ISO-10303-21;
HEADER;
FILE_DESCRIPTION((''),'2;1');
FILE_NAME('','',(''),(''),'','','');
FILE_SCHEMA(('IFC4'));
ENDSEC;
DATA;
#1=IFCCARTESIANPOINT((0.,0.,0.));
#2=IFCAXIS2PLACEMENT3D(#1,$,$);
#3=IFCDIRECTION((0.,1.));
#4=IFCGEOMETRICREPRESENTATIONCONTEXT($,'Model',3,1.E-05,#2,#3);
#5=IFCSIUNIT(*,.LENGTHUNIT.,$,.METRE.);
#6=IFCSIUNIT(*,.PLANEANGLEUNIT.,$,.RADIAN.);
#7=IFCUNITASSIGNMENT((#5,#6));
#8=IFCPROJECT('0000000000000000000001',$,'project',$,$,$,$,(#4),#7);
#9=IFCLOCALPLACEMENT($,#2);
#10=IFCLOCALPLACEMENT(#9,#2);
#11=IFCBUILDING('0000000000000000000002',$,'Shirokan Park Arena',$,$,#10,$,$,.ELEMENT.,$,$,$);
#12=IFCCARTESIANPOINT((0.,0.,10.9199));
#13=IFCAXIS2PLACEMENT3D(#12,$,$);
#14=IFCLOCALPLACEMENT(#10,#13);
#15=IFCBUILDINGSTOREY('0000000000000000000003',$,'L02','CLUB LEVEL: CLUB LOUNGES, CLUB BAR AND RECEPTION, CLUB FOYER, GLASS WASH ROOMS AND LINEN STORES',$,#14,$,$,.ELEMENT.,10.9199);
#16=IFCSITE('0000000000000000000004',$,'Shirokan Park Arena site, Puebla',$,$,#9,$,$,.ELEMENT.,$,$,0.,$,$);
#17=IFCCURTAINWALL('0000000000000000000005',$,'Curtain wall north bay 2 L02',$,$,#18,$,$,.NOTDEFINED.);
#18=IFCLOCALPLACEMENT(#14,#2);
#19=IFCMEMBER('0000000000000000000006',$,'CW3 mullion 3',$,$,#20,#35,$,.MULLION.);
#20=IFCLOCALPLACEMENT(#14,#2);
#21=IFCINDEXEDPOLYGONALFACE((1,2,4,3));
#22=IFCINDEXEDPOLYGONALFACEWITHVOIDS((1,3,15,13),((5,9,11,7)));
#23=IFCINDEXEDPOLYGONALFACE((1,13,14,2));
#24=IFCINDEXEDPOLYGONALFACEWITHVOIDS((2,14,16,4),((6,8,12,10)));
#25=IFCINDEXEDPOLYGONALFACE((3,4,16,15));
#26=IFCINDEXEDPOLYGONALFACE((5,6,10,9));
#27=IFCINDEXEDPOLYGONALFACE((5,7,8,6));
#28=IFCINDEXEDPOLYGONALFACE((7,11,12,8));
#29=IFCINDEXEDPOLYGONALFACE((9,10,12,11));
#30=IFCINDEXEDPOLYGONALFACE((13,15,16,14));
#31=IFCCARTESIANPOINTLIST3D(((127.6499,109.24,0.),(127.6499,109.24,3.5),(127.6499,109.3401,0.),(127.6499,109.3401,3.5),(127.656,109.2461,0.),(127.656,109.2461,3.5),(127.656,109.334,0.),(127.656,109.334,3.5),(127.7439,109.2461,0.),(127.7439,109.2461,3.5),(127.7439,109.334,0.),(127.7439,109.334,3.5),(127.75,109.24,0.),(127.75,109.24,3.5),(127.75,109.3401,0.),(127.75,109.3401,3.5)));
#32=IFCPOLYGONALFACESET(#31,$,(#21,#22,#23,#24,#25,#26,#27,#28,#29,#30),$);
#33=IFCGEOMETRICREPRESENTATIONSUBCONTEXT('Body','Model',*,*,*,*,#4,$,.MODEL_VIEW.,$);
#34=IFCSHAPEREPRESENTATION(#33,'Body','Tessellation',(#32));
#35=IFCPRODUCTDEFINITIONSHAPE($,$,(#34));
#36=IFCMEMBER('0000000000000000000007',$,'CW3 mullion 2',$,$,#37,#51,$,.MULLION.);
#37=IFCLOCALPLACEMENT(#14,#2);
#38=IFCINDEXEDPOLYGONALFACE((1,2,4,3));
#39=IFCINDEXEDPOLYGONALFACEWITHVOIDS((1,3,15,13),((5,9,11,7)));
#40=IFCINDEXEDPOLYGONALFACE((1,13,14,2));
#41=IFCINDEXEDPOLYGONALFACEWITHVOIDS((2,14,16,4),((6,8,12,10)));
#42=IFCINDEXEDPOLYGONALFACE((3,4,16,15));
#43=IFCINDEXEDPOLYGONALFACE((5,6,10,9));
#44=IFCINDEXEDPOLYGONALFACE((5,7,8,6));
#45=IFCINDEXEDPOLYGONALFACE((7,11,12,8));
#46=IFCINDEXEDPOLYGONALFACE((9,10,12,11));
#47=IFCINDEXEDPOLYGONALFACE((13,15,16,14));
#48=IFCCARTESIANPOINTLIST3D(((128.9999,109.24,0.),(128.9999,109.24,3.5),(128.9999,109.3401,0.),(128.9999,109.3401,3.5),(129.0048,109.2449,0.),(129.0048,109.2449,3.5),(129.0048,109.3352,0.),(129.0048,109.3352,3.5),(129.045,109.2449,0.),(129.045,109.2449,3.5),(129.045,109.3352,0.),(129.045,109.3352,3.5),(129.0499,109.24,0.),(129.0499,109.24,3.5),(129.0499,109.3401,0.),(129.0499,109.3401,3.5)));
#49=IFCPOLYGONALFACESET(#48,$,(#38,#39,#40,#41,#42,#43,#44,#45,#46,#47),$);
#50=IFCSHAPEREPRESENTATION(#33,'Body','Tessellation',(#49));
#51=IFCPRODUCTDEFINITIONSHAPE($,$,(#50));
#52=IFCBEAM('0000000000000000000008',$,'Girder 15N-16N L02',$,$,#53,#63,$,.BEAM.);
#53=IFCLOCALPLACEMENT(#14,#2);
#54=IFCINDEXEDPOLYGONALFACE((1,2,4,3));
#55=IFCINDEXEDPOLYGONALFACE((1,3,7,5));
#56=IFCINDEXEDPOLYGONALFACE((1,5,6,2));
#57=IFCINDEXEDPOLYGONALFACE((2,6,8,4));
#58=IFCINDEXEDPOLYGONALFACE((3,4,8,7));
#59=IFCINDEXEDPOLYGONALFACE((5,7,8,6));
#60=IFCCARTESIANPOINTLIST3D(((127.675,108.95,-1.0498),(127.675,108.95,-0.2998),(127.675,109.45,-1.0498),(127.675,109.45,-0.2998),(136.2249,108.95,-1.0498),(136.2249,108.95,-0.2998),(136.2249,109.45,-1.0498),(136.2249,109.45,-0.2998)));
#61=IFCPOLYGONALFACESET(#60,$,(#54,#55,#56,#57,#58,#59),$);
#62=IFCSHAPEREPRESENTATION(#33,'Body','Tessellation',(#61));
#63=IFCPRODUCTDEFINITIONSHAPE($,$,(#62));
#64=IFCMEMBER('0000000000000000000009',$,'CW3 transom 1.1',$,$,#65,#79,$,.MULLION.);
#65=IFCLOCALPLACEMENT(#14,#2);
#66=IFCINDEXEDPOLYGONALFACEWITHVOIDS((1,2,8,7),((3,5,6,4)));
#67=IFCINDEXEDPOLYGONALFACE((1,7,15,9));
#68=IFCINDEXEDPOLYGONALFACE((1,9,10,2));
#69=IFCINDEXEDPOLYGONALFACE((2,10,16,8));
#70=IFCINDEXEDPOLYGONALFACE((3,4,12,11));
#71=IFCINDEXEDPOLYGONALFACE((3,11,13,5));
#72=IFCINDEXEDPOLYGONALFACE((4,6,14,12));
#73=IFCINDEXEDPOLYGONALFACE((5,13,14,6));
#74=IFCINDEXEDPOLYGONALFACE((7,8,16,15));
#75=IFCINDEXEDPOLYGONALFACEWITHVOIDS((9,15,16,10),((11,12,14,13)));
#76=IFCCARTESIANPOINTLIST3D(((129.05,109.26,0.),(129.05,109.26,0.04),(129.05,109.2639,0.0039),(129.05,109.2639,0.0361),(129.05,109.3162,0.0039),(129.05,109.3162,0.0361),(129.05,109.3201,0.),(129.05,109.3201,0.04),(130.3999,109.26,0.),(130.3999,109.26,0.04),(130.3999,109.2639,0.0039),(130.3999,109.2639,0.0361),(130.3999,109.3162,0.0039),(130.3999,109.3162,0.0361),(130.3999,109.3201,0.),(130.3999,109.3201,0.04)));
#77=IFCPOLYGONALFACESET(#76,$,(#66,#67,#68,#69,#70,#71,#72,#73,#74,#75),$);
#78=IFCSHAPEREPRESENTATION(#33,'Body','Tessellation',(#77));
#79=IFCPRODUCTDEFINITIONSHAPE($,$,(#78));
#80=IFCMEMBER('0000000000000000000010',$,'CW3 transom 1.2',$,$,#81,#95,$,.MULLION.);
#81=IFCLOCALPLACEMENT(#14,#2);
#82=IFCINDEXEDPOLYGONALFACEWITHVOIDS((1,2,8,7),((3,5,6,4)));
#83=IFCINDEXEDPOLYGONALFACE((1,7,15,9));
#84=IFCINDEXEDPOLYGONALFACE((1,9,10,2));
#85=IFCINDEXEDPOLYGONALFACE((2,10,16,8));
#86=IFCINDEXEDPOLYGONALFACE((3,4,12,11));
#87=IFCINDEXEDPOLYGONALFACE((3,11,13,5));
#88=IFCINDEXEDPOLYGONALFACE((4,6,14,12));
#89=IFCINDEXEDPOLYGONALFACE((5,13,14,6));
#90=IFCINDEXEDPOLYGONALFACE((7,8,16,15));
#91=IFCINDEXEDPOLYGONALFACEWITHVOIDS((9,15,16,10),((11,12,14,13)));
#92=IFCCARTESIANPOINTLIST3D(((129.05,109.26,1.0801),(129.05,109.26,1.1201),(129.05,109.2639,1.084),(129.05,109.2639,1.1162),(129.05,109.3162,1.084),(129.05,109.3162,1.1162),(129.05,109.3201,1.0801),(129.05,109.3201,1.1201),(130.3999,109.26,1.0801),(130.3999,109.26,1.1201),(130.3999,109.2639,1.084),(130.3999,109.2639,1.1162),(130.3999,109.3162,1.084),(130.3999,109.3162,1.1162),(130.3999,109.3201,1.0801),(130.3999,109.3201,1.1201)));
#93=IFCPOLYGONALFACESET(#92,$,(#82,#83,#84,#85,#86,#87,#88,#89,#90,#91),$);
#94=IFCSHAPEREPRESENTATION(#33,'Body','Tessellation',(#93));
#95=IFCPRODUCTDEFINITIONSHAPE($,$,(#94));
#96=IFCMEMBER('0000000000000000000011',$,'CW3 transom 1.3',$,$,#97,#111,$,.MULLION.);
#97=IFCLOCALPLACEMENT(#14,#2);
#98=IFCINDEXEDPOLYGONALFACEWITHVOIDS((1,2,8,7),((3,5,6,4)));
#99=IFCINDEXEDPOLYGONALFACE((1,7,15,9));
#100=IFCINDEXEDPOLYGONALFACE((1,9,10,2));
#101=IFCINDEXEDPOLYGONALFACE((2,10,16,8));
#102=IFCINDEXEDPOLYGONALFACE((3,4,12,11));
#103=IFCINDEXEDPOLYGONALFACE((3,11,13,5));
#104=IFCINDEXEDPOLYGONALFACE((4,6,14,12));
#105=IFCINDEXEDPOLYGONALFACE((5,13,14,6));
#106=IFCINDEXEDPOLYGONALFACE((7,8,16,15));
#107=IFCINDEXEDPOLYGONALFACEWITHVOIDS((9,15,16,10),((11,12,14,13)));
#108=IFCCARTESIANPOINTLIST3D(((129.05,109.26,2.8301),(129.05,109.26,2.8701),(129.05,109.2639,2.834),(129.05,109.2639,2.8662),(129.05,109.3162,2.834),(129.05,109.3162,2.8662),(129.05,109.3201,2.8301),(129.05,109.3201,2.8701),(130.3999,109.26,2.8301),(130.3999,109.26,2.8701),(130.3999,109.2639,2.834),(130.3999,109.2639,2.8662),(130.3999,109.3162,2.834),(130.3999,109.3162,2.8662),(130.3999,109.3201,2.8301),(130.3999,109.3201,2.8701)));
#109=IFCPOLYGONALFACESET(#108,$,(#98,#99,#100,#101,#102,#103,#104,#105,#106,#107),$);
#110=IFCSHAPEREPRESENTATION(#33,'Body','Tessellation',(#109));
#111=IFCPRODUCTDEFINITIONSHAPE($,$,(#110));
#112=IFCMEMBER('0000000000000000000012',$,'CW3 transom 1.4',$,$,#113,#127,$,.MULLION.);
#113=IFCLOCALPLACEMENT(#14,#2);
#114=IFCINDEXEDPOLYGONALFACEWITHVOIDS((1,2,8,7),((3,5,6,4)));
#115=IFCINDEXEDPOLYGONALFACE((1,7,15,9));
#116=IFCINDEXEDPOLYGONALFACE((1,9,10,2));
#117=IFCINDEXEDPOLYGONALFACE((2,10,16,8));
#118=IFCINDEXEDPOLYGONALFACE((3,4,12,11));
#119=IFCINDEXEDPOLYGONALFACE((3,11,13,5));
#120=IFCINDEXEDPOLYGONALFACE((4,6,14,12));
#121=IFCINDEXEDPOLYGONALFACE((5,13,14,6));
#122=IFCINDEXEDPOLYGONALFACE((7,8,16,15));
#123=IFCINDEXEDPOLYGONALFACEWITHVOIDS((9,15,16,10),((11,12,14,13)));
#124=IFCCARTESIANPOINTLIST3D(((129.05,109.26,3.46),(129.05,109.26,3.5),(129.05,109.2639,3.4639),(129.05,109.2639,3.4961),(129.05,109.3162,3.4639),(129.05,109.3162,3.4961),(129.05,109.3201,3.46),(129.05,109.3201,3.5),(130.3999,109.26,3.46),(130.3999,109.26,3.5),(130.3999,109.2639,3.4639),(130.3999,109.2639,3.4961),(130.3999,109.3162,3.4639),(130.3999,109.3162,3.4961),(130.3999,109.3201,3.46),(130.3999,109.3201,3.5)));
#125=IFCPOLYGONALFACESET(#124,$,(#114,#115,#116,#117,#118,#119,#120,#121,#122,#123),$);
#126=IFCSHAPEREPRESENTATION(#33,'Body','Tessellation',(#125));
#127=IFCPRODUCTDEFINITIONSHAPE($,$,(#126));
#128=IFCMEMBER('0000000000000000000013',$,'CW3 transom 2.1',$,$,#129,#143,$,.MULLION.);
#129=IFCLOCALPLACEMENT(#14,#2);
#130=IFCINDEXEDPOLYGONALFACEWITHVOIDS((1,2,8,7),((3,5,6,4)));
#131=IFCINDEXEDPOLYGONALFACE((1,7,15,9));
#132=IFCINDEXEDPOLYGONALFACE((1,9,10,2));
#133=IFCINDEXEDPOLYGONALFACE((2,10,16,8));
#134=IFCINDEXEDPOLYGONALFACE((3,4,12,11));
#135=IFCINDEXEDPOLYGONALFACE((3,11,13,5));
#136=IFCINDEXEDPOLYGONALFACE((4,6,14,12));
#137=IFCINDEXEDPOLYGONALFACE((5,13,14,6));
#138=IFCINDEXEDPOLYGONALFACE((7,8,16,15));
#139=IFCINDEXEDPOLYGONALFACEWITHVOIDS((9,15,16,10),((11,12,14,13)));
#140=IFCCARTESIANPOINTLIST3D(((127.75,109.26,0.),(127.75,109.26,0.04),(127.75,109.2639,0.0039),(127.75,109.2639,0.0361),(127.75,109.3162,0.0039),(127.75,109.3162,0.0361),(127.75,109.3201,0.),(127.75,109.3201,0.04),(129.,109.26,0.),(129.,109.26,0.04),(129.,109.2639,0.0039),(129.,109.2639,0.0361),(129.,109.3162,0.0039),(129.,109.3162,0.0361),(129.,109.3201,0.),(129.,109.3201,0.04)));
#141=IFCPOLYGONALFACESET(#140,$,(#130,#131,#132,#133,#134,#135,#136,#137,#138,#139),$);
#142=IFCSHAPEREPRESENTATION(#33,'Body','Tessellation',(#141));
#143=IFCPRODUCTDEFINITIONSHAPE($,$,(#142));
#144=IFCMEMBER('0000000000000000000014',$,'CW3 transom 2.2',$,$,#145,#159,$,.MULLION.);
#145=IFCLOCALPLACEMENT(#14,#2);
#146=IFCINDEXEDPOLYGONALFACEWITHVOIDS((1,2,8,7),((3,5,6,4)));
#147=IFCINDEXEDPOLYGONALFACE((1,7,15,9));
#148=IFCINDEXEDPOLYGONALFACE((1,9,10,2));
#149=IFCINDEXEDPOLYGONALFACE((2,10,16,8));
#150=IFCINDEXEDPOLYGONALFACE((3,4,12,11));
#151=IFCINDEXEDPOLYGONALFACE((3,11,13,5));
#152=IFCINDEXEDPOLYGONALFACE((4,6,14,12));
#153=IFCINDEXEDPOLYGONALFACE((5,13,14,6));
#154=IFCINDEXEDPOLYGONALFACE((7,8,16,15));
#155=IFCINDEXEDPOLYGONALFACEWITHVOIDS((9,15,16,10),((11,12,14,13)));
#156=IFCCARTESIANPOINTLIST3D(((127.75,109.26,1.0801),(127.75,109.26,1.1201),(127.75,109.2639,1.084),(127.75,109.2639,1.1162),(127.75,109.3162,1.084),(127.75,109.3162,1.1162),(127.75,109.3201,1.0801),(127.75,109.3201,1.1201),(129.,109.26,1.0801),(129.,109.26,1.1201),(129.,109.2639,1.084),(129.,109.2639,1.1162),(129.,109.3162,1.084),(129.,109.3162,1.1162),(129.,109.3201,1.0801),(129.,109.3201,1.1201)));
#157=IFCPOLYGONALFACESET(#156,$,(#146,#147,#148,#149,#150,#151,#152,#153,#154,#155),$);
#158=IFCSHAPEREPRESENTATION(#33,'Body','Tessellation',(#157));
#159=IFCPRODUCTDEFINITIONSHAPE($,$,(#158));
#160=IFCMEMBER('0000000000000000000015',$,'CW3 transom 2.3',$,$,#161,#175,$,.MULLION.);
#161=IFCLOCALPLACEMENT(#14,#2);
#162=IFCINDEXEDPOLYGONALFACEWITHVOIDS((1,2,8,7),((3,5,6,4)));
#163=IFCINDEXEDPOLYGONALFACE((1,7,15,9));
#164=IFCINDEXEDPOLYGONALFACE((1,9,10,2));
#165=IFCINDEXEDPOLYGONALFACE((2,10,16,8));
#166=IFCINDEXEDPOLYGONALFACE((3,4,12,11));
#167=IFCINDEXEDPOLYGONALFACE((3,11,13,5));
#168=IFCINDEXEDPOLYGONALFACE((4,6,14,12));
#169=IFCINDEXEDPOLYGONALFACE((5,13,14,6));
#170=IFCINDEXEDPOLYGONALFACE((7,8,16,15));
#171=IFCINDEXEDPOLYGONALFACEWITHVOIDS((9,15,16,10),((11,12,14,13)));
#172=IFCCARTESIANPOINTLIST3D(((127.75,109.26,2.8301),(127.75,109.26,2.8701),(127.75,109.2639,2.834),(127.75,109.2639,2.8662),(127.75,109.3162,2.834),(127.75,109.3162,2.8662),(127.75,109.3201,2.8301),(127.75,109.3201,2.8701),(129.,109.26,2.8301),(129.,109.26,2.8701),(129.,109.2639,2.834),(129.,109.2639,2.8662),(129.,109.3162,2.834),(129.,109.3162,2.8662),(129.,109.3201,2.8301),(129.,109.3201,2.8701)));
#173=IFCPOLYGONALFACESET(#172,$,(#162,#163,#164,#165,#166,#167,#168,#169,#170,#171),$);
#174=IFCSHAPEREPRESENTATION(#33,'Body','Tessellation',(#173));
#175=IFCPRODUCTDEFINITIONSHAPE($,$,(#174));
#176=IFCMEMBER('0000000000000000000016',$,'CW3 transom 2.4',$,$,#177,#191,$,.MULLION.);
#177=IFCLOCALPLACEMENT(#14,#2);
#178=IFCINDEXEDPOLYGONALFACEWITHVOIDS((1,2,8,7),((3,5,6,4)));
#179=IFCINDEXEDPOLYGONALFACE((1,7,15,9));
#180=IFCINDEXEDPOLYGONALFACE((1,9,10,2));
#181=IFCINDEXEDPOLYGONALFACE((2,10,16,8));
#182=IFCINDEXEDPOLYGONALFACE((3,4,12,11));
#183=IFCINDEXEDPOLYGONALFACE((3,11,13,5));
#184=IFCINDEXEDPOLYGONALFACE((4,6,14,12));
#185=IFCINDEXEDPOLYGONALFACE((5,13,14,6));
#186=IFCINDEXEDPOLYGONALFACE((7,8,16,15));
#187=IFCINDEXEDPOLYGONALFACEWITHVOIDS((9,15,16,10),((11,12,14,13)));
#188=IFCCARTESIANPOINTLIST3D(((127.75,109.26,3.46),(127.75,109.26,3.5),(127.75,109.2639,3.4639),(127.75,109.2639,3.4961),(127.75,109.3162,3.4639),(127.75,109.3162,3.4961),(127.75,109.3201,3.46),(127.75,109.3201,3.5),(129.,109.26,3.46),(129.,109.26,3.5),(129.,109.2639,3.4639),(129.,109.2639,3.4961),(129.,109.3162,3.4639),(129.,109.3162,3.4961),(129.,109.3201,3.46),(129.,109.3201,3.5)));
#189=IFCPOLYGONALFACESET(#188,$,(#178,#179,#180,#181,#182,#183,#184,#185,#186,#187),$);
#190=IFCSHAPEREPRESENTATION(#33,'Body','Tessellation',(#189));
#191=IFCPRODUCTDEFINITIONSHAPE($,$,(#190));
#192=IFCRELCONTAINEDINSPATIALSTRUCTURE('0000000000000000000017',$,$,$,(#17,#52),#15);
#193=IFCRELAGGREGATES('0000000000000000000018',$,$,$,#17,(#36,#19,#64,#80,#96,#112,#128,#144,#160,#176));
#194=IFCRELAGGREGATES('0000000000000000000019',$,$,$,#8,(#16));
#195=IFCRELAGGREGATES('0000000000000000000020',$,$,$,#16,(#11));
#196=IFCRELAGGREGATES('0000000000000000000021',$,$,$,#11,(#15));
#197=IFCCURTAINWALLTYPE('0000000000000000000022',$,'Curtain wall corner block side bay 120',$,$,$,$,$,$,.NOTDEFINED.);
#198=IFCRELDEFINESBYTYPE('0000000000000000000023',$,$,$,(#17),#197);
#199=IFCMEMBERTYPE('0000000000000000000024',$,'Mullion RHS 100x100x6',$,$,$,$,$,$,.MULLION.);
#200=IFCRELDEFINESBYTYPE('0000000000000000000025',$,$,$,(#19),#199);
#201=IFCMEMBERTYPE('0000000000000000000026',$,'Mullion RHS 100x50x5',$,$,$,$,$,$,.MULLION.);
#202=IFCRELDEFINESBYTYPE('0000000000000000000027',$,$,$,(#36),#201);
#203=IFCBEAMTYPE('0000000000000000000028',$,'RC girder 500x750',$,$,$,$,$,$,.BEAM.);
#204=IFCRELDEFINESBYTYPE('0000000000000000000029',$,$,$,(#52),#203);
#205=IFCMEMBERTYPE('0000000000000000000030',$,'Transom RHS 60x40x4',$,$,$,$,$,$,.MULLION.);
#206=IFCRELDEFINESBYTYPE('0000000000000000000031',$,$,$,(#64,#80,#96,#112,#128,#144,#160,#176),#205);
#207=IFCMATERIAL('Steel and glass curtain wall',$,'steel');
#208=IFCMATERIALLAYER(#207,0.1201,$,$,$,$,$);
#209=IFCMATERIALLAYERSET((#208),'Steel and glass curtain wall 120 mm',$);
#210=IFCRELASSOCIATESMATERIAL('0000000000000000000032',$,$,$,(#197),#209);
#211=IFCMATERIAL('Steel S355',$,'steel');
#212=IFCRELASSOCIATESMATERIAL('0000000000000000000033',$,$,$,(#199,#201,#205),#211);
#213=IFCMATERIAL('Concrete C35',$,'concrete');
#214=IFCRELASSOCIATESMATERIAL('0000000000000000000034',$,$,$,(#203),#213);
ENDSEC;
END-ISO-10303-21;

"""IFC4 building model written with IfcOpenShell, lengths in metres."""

from ifc_helpers import new_model, si_unit, direction, frame, origin, origin_2d, place, context, subcontext, project, spatial, rectangle, hollow_rectangle, extrude, material, layer, layer_set, material_profile, profile_set, type_object, element, aggregate, save


model = new_model("IFC4")

# Units and contexts
model_context = context("Model", 3, precision=1e-05, world=origin(), true_north=direction((0.0, 1.0)))
body_context = subcontext(model_context, "Body", "Model", "MODEL_VIEW")
ifc_project = project(units=[si_unit("LENGTHUNIT", "METRE"), si_unit("PLANEANGLEUNIT", "RADIAN")], contexts=[model_context])

# Site, building, storey
site_placement = place(None, origin())
site = spatial("IfcSite", under=ifc_project, at=site_placement, Name="Shirokan Park Arena site, Puebla", CompositionType="ELEMENT", RefElevation=0.0)
building_placement = place(site_placement, origin())
building = spatial("IfcBuilding", under=site, at=building_placement, Name="Shirokan Park Arena", CompositionType="ELEMENT")
storey_placement = place(building_placement, frame((0.0, 0.0, 10.9199)))
storey = spatial("IfcBuildingStorey", under=building, at=storey_placement, Name="L02", Description="CLUB LEVEL: CLUB LOUNGES, CLUB BAR AND RECEPTION, CLUB FOYER, GLASS WASH ROOMS AND LINEN STORES", CompositionType="ELEMENT", Elevation=10.9199)

# Curtain wall, members
ifc_material_1 = material(Name="Steel and glass curtain wall", Category="steel")
ifc_layer_1 = layer(ifc_material_1, 0.1201)
ifc_layer_set_1 = layer_set([ifc_layer_1], Name="Steel and glass curtain wall 120 mm")
curtain_wall_type = type_object("IfcCurtainWallType", Name="Curtain wall corner block side bay 120", PredefinedType="NOTDEFINED", material=ifc_layer_set_1)
curtain_wall_placement = place(storey_placement, origin())
curtain_wall = element("IfcCurtainWall", 1, at=curtain_wall_placement, inside=storey, type_object=curtain_wall_type, Name="Curtain wall north bay 2 L02", PredefinedType="NOTDEFINED")
ifc_material_2 = material(Name="Steel S355", Category="steel")
ifc_material_profile_1 = material_profile(ifc_material_2, hollow_rectangle(XDim=0.1001, YDim=0.1001, WallThickness=0.0061, at=origin_2d()), Name="RHS 100x100x6")
ifc_profile_set_1 = profile_set([ifc_material_profile_1], Name="Steel S355")
member_type_1 = type_object("IfcMemberType", Name="Mullion RHS 100x100x6", PredefinedType="MULLION", material=ifc_profile_set_1)
member_1_placement = place(storey_placement, frame((127.7, 109.29, 0.0), z_axis=(0.0, 0.0, 1.0), x_axis=(0.0, -1.0, 0.0)))
member_1 = element("IfcMember", 2, at=member_1_placement, type_object=member_type_1, Name="CW3 mullion 3", PredefinedType="MULLION", context=body_context, shape_type="SweptSolid", body=[
    extrude(hollow_rectangle(XDim=0.1001, YDim=0.1001, WallThickness=0.0061, at=origin_2d()), origin(), (0.0, 0.0, 1.0), 3.5),
])
ifc_material_profile_2 = material_profile(ifc_material_2, hollow_rectangle(XDim=0.1001, YDim=0.05, WallThickness=0.0049, at=origin_2d()), Name="RHS 100x50x5")
ifc_profile_set_2 = profile_set([ifc_material_profile_2], Name="Steel S355")
member_type_2 = type_object("IfcMemberType", Name="Mullion RHS 100x50x5", PredefinedType="MULLION", material=ifc_profile_set_2)
member_2_placement = place(storey_placement, frame((129.0249, 109.29, 0.0), z_axis=(0.0, 0.0, 1.0), x_axis=(0.0, -1.0, 0.0)))
member_2 = element("IfcMember", 3, at=member_2_placement, type_object=member_type_2, Name="CW3 mullion 2", PredefinedType="MULLION", context=body_context, shape_type="SweptSolid", body=[
    extrude(hollow_rectangle(XDim=0.1001, YDim=0.05, WallThickness=0.0049, at=origin_2d()), origin(), (0.0, 0.0, 1.0), 3.5),
])

# Beam
ifc_material_3 = material(Name="Concrete C35", Category="concrete")
ifc_material_profile_3 = material_profile(ifc_material_3, rectangle(XDim=0.5, YDim=0.75, at=origin_2d()), Name="500x750")
ifc_profile_set_3 = profile_set([ifc_material_profile_3], Name="Concrete C35")
beam_type = type_object("IfcBeamType", Name="RC girder 500x750", PredefinedType="BEAM", material=ifc_profile_set_3)
beam_placement = place(storey_placement, frame((127.675, 109.2, -0.6748), z_axis=(1.0, 0.0, 0.0), x_axis=(0.0, 1.0, 0.0)))
element("IfcBeam", 4, at=beam_placement, inside=storey, type_object=beam_type, Name="Girder 15N-16N L02", PredefinedType="BEAM", context=body_context, shape_type="SweptSolid", body=[
    extrude(rectangle(XDim=0.5, YDim=0.75, at=origin_2d()), origin(), (0.0, 0.0, 1.0), 8.5498),
])

# Members
ifc_material_profile_4 = material_profile(ifc_material_2, hollow_rectangle(XDim=0.0601, YDim=0.04, WallThickness=0.0039, at=origin_2d()), Name="RHS 60x40x4")
ifc_profile_set_4 = profile_set([ifc_material_profile_4], Name="Steel S355")
member_type_3 = type_object("IfcMemberType", Name="Transom RHS 60x40x4", PredefinedType="MULLION", material=ifc_profile_set_4)
member_3_placement = place(storey_placement, frame((130.3999, 109.29, 0.02), z_axis=(-1.0, 0.0, 0.0), x_axis=(0.0, -1.0, 0.0)))
member_3 = element("IfcMember", 5, at=member_3_placement, type_object=member_type_3, Name="CW3 transom 1.1", PredefinedType="MULLION", context=body_context, shape_type="SweptSolid", body=[
    extrude(hollow_rectangle(XDim=0.0601, YDim=0.04, WallThickness=0.0039, at=origin_2d()), origin(), (0.0, 0.0, 1.0), 1.3499),
])
member_4_placement = place(storey_placement, frame((130.3999, 109.29, 1.1001), z_axis=(-1.0, 0.0, 0.0), x_axis=(0.0, -1.0, 0.0)))
member_4 = element("IfcMember", 6, at=member_4_placement, type_object=member_type_3, Name="CW3 transom 1.2", PredefinedType="MULLION", context=body_context, shape_type="SweptSolid", body=[
    extrude(hollow_rectangle(XDim=0.0601, YDim=0.04, WallThickness=0.0039, at=origin_2d()), origin(), (0.0, 0.0, 1.0), 1.3499),
])
member_5_placement = place(storey_placement, frame((130.3999, 109.29, 2.8501), z_axis=(-1.0, 0.0, 0.0), x_axis=(0.0, -1.0, 0.0)))
member_5 = element("IfcMember", 7, at=member_5_placement, type_object=member_type_3, Name="CW3 transom 1.3", PredefinedType="MULLION", context=body_context, shape_type="SweptSolid", body=[
    extrude(hollow_rectangle(XDim=0.0601, YDim=0.04, WallThickness=0.0039, at=origin_2d()), origin(), (0.0, 0.0, 1.0), 1.3499),
])
member_6_placement = place(storey_placement, frame((130.3999, 109.29, 3.48), z_axis=(-1.0, 0.0, 0.0), x_axis=(0.0, -1.0, 0.0)))
member_6 = element("IfcMember", 8, at=member_6_placement, type_object=member_type_3, Name="CW3 transom 1.4", PredefinedType="MULLION", context=body_context, shape_type="SweptSolid", body=[
    extrude(hollow_rectangle(XDim=0.0601, YDim=0.04, WallThickness=0.0039, at=origin_2d()), origin(), (0.0, 0.0, 1.0), 1.3499),
])
member_7_placement = place(storey_placement, frame((129.0, 109.29, 0.02), z_axis=(-1.0, 0.0, 0.0), x_axis=(0.0, -1.0, 0.0)))
member_7 = element("IfcMember", 9, at=member_7_placement, type_object=member_type_3, Name="CW3 transom 2.1", PredefinedType="MULLION", context=body_context, shape_type="SweptSolid", body=[
    extrude(hollow_rectangle(XDim=0.0601, YDim=0.04, WallThickness=0.0039, at=origin_2d()), origin(), (0.0, 0.0, 1.0), 1.25),
])
member_8_placement = place(storey_placement, frame((129.0, 109.29, 1.1001), z_axis=(-1.0, 0.0, 0.0), x_axis=(0.0, -1.0, 0.0)))
member_8 = element("IfcMember", 10, at=member_8_placement, type_object=member_type_3, Name="CW3 transom 2.2", PredefinedType="MULLION", context=body_context, shape_type="SweptSolid", body=[
    extrude(hollow_rectangle(XDim=0.0601, YDim=0.04, WallThickness=0.0039, at=origin_2d()), origin(), (0.0, 0.0, 1.0), 1.25),
])
member_9_placement = place(storey_placement, frame((129.0, 109.29, 2.8501), z_axis=(-1.0, 0.0, 0.0), x_axis=(0.0, -1.0, 0.0)))
member_9 = element("IfcMember", 11, at=member_9_placement, type_object=member_type_3, Name="CW3 transom 2.3", PredefinedType="MULLION", context=body_context, shape_type="SweptSolid", body=[
    extrude(hollow_rectangle(XDim=0.0601, YDim=0.04, WallThickness=0.0039, at=origin_2d()), origin(), (0.0, 0.0, 1.0), 1.25),
])
member_10_placement = place(storey_placement, frame((129.0, 109.29, 3.48), z_axis=(-1.0, 0.0, 0.0), x_axis=(0.0, -1.0, 0.0)))
member_10 = element("IfcMember", 12, at=member_10_placement, type_object=member_type_3, Name="CW3 transom 2.4", PredefinedType="MULLION", context=body_context, shape_type="SweptSolid", body=[
    extrude(hollow_rectangle(XDim=0.0601, YDim=0.04, WallThickness=0.0039, at=origin_2d()), origin(), (0.0, 0.0, 1.0), 1.25),
])

aggregate(curtain_wall, [member_2, member_1, member_3, member_4, member_5, member_6, member_7, member_8, member_9, member_10])

save(model, "model.ifc")
